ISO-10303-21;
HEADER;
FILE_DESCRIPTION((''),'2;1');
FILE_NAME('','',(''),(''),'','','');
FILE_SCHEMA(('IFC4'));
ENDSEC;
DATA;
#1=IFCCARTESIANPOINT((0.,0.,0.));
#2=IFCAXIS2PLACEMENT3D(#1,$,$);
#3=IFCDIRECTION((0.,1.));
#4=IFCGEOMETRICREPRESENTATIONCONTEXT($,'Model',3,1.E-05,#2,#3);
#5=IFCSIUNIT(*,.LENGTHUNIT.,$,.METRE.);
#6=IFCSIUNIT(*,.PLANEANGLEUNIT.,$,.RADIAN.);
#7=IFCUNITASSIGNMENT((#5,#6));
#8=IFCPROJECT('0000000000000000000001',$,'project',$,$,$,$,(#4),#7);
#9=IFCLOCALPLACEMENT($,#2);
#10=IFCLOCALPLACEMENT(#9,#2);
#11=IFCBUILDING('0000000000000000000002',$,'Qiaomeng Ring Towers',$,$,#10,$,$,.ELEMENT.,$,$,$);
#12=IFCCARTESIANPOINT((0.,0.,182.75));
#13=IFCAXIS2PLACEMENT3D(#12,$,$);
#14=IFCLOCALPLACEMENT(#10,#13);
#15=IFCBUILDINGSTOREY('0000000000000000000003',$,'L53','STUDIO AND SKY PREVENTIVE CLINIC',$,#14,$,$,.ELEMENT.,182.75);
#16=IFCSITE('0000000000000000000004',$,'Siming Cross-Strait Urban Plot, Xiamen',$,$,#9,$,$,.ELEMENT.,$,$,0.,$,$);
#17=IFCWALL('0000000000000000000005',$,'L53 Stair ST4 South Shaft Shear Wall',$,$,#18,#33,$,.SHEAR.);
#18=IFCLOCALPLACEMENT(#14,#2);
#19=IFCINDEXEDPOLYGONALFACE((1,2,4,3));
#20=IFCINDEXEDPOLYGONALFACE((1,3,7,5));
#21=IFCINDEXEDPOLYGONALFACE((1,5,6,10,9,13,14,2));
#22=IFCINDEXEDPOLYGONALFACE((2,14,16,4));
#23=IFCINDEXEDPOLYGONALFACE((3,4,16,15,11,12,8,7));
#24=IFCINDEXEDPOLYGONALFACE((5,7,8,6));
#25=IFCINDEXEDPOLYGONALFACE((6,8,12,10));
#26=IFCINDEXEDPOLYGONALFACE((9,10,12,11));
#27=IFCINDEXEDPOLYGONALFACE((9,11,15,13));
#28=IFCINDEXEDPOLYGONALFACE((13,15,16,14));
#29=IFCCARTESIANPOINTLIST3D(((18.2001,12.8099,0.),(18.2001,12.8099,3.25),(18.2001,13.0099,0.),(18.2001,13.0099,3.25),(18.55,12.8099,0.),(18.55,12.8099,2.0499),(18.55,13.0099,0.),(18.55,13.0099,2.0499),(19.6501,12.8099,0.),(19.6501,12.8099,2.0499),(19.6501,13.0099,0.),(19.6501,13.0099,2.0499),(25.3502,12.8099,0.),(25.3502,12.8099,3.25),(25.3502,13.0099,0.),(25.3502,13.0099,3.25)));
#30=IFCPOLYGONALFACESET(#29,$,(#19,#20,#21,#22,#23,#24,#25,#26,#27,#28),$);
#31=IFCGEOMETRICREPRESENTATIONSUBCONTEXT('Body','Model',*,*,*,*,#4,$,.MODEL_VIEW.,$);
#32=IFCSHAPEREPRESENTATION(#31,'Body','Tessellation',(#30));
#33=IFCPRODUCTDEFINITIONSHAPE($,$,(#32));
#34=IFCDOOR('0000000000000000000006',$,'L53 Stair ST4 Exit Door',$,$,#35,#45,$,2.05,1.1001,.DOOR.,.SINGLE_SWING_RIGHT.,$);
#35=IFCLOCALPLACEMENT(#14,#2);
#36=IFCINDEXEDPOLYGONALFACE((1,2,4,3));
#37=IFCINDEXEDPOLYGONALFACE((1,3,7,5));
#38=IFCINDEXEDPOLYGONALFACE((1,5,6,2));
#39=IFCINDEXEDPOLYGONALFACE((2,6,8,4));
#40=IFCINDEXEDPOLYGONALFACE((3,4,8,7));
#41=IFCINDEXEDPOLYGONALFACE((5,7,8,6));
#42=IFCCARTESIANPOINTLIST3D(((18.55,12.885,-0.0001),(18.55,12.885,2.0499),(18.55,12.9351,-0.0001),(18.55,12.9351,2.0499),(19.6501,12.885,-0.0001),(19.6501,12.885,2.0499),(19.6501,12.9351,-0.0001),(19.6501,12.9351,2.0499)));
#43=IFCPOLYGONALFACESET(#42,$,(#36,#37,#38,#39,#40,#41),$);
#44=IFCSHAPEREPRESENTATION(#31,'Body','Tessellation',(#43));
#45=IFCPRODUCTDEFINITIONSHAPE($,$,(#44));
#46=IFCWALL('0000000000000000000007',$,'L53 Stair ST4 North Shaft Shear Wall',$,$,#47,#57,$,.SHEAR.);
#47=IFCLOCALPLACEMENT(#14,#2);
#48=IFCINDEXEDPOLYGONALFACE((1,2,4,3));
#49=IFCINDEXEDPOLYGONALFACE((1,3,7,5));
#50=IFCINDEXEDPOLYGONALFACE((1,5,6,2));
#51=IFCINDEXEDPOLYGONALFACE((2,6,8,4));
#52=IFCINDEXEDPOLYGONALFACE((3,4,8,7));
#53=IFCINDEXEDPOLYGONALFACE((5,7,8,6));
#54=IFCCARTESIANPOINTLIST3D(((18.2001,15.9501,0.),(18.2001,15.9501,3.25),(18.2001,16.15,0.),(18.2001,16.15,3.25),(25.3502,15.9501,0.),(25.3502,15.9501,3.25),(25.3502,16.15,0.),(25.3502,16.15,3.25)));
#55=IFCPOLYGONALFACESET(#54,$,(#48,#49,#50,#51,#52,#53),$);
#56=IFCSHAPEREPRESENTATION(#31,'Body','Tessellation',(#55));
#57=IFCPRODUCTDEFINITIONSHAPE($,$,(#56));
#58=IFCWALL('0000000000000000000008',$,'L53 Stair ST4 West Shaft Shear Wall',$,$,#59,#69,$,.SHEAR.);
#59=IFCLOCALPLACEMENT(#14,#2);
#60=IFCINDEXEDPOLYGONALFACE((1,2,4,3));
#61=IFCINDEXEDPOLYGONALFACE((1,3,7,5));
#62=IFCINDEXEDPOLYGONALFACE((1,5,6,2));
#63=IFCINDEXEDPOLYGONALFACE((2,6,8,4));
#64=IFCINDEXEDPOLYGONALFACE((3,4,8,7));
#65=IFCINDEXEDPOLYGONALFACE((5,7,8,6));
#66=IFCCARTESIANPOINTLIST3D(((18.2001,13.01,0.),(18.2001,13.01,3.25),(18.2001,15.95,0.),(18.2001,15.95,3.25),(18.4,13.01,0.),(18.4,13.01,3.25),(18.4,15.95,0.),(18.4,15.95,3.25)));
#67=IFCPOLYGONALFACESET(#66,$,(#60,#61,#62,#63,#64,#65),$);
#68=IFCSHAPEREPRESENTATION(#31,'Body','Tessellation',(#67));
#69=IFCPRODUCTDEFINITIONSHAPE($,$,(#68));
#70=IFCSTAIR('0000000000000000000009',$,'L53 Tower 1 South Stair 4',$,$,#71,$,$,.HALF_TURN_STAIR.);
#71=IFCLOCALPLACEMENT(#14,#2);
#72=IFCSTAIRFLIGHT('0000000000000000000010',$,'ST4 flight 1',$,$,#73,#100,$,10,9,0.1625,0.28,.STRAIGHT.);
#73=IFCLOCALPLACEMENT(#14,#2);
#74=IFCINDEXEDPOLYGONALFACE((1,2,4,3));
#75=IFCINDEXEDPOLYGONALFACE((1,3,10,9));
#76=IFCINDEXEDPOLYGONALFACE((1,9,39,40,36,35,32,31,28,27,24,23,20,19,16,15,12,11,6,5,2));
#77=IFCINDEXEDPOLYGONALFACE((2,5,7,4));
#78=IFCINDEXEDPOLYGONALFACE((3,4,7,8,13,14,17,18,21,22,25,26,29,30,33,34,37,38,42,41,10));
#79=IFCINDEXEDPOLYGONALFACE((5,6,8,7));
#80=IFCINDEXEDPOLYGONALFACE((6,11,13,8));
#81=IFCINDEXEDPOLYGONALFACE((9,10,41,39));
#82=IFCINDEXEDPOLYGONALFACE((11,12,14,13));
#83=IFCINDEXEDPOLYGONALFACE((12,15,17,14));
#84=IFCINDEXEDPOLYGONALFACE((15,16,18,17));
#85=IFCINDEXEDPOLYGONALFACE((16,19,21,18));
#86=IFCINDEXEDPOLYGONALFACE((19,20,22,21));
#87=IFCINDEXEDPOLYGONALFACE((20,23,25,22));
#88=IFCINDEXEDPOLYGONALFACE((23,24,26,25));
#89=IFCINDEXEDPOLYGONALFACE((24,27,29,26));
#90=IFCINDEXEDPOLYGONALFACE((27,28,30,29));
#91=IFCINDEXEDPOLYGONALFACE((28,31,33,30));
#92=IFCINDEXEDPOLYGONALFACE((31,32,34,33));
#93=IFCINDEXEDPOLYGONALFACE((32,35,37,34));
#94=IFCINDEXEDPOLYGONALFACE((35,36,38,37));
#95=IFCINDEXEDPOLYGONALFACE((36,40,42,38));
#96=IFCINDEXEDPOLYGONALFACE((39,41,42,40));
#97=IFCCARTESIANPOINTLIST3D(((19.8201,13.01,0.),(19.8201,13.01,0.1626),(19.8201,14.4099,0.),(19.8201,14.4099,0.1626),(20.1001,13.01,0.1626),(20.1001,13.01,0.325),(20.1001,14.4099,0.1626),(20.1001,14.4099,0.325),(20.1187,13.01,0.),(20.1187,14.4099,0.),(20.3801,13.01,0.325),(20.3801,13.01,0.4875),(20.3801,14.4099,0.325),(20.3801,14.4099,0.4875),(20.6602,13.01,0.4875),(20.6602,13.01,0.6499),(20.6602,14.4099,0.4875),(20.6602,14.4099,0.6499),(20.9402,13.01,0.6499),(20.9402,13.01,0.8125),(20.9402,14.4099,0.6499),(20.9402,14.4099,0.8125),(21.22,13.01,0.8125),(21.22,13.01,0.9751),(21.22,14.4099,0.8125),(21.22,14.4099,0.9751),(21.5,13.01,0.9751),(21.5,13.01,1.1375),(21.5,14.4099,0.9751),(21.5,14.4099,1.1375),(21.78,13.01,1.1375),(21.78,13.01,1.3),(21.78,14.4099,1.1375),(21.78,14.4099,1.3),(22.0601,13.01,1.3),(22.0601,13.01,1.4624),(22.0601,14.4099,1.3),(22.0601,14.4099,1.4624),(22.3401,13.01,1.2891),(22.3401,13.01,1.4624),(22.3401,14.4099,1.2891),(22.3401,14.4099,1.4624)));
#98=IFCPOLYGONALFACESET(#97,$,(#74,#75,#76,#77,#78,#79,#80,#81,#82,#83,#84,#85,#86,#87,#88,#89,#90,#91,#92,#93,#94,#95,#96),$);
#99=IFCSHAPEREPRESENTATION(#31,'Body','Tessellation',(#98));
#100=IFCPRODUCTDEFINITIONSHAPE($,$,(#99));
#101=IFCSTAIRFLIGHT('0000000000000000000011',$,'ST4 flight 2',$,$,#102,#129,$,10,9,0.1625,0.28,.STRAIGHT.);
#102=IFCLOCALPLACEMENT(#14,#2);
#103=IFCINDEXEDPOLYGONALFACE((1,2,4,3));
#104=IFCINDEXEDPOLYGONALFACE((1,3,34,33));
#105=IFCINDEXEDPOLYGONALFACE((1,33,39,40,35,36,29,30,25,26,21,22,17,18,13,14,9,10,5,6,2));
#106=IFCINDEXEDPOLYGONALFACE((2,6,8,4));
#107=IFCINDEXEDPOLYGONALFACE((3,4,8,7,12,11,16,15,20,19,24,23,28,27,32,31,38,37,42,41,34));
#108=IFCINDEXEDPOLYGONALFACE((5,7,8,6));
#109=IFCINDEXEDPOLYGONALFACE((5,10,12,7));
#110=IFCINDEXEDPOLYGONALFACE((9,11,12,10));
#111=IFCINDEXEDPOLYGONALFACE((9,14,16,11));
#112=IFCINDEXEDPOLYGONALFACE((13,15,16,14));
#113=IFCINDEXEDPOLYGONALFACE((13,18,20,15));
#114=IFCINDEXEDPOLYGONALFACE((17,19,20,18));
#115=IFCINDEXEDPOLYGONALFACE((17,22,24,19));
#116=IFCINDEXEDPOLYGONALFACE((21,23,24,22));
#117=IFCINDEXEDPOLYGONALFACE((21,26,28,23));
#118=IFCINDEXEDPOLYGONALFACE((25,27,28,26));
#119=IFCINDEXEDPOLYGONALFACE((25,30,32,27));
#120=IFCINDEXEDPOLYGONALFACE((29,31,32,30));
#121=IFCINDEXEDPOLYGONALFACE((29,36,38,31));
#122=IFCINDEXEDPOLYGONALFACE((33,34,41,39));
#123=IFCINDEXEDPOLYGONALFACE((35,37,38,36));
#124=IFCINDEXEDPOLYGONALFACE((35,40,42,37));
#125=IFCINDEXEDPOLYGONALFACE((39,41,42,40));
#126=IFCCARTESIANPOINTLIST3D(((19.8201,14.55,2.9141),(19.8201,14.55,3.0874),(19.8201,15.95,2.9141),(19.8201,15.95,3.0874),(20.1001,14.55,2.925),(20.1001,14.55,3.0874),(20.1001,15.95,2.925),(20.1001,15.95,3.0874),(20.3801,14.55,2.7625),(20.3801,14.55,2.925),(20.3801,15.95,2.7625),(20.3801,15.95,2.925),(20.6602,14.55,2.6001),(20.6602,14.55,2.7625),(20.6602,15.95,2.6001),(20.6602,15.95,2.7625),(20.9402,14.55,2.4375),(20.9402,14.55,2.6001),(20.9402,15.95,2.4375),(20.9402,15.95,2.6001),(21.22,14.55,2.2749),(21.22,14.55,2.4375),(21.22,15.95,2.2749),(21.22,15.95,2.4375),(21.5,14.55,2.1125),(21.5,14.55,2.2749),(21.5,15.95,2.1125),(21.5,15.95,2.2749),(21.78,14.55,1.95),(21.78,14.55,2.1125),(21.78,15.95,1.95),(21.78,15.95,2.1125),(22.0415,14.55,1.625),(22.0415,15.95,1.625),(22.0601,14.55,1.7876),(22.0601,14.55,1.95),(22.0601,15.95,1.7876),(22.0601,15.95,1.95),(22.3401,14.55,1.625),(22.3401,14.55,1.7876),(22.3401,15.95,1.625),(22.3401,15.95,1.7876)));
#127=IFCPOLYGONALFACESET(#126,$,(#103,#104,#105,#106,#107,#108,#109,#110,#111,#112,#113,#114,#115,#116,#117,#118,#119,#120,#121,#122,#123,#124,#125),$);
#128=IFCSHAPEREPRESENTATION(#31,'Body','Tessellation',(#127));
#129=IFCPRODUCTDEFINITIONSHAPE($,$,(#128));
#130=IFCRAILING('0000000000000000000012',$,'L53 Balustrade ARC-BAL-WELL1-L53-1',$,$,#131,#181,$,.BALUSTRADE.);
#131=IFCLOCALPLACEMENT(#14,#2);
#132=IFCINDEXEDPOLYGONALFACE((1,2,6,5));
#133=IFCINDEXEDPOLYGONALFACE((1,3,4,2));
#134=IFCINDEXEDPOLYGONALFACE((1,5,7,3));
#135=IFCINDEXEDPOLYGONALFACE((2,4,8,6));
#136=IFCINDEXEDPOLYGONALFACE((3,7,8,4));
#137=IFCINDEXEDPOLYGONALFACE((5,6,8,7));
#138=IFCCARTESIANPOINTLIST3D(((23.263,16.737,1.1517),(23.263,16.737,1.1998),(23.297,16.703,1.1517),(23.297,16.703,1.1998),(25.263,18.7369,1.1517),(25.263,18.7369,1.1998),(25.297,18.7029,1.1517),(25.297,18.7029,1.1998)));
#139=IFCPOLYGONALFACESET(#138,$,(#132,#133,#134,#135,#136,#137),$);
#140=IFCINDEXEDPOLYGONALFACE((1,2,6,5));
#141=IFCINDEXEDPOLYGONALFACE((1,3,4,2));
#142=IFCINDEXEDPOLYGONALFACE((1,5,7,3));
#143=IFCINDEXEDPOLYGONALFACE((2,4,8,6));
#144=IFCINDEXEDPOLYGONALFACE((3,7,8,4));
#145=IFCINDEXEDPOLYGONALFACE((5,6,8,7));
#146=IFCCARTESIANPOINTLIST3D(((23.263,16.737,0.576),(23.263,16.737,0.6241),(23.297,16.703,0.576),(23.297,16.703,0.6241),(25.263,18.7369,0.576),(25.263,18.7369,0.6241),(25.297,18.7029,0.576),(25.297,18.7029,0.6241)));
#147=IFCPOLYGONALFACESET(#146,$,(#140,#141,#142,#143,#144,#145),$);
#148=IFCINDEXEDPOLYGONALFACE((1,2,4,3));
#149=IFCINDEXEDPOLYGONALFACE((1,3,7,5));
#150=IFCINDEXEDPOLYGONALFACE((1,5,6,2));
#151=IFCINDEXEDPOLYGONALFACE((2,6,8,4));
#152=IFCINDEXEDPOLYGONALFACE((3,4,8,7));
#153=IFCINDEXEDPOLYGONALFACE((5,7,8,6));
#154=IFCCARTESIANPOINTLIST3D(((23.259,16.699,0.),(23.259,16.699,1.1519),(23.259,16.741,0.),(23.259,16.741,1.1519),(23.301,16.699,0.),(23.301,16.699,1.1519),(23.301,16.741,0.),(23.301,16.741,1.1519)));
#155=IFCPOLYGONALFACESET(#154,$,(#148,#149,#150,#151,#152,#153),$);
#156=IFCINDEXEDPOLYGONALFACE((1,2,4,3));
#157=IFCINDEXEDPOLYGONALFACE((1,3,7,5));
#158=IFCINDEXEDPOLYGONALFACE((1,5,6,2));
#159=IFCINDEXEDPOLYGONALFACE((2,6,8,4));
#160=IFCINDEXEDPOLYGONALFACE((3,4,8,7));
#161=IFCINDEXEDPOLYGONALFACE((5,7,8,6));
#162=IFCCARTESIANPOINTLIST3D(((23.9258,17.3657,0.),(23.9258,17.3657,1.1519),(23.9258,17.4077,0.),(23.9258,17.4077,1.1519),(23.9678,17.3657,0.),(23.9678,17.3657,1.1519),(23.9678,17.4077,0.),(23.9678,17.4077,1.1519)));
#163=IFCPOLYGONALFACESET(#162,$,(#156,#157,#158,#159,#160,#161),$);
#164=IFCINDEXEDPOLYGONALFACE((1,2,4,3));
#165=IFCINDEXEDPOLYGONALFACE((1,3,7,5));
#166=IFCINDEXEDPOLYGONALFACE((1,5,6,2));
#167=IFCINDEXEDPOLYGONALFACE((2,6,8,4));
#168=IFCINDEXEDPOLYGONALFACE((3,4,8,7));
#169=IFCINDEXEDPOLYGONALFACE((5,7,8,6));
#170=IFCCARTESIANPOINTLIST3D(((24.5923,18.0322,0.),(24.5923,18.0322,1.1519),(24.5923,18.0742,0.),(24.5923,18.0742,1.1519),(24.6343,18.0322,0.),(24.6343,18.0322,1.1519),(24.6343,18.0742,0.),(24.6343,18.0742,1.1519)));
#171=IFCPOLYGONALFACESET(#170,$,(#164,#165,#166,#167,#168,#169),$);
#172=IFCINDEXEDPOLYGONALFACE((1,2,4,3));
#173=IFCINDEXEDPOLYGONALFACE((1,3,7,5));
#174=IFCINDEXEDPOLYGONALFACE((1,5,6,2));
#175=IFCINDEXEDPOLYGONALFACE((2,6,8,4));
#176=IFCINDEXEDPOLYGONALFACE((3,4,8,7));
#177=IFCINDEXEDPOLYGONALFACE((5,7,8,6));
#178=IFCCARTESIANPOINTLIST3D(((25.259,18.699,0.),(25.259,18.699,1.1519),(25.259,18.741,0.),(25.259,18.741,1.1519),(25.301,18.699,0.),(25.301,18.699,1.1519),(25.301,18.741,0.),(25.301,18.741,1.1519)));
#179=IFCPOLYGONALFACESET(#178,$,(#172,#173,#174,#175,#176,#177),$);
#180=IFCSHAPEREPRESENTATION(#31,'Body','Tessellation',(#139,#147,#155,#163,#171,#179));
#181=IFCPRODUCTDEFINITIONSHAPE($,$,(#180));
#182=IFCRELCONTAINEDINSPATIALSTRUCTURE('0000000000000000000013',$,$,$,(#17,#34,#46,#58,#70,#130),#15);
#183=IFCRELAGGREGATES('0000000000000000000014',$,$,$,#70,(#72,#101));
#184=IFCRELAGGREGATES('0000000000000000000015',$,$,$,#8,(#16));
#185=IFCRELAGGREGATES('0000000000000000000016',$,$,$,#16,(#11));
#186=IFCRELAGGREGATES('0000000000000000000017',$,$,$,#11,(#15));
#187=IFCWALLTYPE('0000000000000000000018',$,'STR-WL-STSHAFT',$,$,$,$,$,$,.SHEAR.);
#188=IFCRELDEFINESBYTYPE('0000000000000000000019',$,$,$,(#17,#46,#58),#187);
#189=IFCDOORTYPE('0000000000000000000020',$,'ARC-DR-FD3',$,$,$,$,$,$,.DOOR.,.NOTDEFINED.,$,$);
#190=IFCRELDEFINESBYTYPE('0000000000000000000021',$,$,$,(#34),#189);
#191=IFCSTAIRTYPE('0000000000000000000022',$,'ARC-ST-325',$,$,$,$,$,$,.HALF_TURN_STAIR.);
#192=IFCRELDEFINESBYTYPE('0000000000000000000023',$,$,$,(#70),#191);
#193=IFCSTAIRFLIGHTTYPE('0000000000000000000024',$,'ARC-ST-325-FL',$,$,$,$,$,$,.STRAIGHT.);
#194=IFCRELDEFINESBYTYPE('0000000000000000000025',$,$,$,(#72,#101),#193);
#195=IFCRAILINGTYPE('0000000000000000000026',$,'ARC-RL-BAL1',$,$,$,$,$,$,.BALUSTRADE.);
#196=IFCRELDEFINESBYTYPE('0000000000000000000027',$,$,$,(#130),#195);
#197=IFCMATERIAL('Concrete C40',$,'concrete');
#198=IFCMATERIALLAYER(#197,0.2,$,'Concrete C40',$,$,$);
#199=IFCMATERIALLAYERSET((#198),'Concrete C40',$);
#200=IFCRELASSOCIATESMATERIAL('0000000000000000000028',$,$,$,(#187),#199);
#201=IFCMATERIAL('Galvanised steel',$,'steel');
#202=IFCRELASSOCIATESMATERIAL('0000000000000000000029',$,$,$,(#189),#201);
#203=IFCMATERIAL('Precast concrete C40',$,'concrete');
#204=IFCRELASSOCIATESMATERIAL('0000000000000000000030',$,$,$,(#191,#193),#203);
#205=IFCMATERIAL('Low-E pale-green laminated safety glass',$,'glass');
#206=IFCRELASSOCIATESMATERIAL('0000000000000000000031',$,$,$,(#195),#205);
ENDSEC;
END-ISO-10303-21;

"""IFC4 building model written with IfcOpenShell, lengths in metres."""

from ifc_helpers import new_model, si_unit, direction, frame, frame_2d, origin, origin_2d, place, context, subcontext, project, spatial, polyline, rectangle, outline, extrude, source, transform, mapped, material, layer, layer_set, type_object, element, fill, aggregate, save


model = new_model("IFC4")

# Units and contexts
model_context = context("Model", 3, precision=1e-05, world=origin(), true_north=direction((0.0, 1.0)))
body_context = subcontext(model_context, "Body", "Model", "MODEL_VIEW")
ifc_project = project(units=[si_unit("LENGTHUNIT", "METRE"), si_unit("PLANEANGLEUNIT", "RADIAN")], contexts=[model_context])

# Site, building, storey
site_placement = place(None, origin())
site = spatial("IfcSite", under=ifc_project, at=site_placement, Name="Siming Cross-Strait Urban Plot, Xiamen", CompositionType="ELEMENT", RefElevation=0.0)
building_placement = place(site_placement, origin())
building = spatial("IfcBuilding", under=site, at=building_placement, Name="Qiaomeng Ring Towers", CompositionType="ELEMENT")
storey_placement = place(building_placement, frame((0.0, 0.0, 182.75)))
storey = spatial("IfcBuildingStorey", under=building, at=storey_placement, Name="L53", Description="STUDIO AND SKY PREVENTIVE CLINIC", CompositionType="ELEMENT", Elevation=182.75)

# Shared definitions
ifc_material_1 = material(Name="Concrete C40", Category="concrete")
ifc_layer_1 = layer(ifc_material_1, 0.2, Name="Concrete C40")
ifc_layer_set_1 = layer_set([ifc_layer_1], Name="Concrete C40")
wall_type_1 = type_object("IfcWallType", Name="STR-WL-STSHAFT", PredefinedType="SHEAR", material=ifc_layer_set_1)

# Wall, opening, door
wall_1_placement = place(storey_placement, frame((18.2, 12.9099, 0.0), z_axis=(0.0, 0.0, 1.0), x_axis=(1.0, 0.0, 0.0)))
wall_1 = element("IfcWall", 1, at=wall_1_placement, inside=storey, type_object=wall_type_1, Name="L53 Stair ST4 South Shaft Shear Wall", PredefinedType="SHEAR", context=body_context, shape_type="SweptSolid", body=[
    extrude(rectangle(XDim=7.1501, YDim=0.2, at=frame_2d((3.5752, 0.0))), origin(), (0.0, 0.0, 1.0), 3.25),
])
opening_placement = place(wall_1_placement, frame((0.3501, 0.0, 0.0)))
opening = element("IfcOpeningElement", 2, at=opening_placement, cuts=wall_1, PredefinedType="OPENING", context=body_context, shape_type="SweptSolid", body=[
    extrude(rectangle(XDim=1.1001, YDim=2.05, at=frame_2d((0.55, 1.0249))), frame((0.0, 0.1099, 0.0), z_axis=(0.0, -1.0, 0.0), x_axis=(1.0, 0.0, 0.0)), (0.0, 0.0, 1.0), 0.22),
])
ifc_material_2 = material(Name="Galvanised steel", Category="steel")
door_type = type_object("IfcDoorType", Name="ARC-DR-FD3", OperationType="NOTDEFINED", PredefinedType="DOOR", material=ifc_material_2)
shared_shape_1 = source(origin(), body_context, "Body", "SweptSolid", [
    extrude(rectangle(XDim=1.1001, YDim=2.05, at=frame_2d((0.55, 1.0249))), frame((0.0, 0.0249, 0.0), z_axis=(0.0, -1.0, 0.0), x_axis=(1.0, 0.0, 0.0)), (0.0, 0.0, 1.0), 0.05),
])
door_placement = place(opening_placement, frame((1.1001, 0.0, 0.0), z_axis=(0.0, 0.0, 1.0), x_axis=(-1.0, 0.0, 0.0)))
door = element("IfcDoor", 3, at=door_placement, inside=storey, type_object=door_type, Name="L53 Stair ST4 Exit Door", OperationType="SINGLE_SWING_RIGHT", OverallHeight=2.05, OverallWidth=1.1001, PredefinedType="DOOR", context=body_context, shape_type="MappedRepresentation", body=[
    mapped(shared_shape_1, transform((0.0, 0.0, 0.0), x_axis=(1.0, 0.0, 0.0), y_axis=(0.0, 1.0, 0.0), z_axis=(0.0, 0.0, 1.0), scale=1.0)),
])
fill(opening, door)

# Walls
wall_2_placement = place(storey_placement, frame((18.2, 16.05, 0.0), z_axis=(0.0, 0.0, 1.0), x_axis=(1.0, 0.0, 0.0)))
element("IfcWall", 4, at=wall_2_placement, inside=storey, type_object=wall_type_1, Name="L53 Stair ST4 North Shaft Shear Wall", PredefinedType="SHEAR", context=body_context, shape_type="SweptSolid", body=[
    extrude(rectangle(XDim=7.1501, YDim=0.2, at=frame_2d((3.5752, 0.0))), origin(), (0.0, 0.0, 1.0), 3.25),
])
wall_3_placement = place(storey_placement, frame((18.3, 13.01, 0.0), z_axis=(0.0, 0.0, 1.0), x_axis=(0.0, 1.0, 0.0)))
element("IfcWall", 5, at=wall_3_placement, inside=storey, type_object=wall_type_1, Name="L53 Stair ST4 West Shaft Shear Wall", PredefinedType="SHEAR", context=body_context, shape_type="SweptSolid", body=[
    extrude(rectangle(XDim=2.9399, YDim=0.2, at=frame_2d((1.47, 0.0))), origin(), (0.0, 0.0, 1.0), 3.25),
])

# Stair, stair flights
ifc_material_3 = material(Name="Precast concrete C40", Category="concrete")
stair_type = type_object("IfcStairType", Name="ARC-ST-325", PredefinedType="HALF_TURN_STAIR", material=ifc_material_3)
stair_placement = place(storey_placement, origin())
stair = element("IfcStair", 6, at=stair_placement, inside=storey, type_object=stair_type, Name="L53 Tower 1 South Stair 4", PredefinedType="HALF_TURN_STAIR")
stair_flight_type = type_object("IfcStairFlightType", Name="ARC-ST-325-FL", PredefinedType="STRAIGHT", material=ifc_material_3)
shared_shape_2 = source(origin(), body_context, "Body", "SweptSolid", [
    extrude(outline(polyline([(0.0, 0.0), (0.0, 0.1626), (0.28, 0.1626), (0.28, 0.325), (0.5601, 0.325), (0.5601, 0.4875), (0.8401, 0.4875), (0.8401, 0.6499), (1.1201, 0.6499), (1.1201, 0.8125), (1.3999, 0.8125), (1.3999, 0.9751), (1.6799, 0.9751), (1.6799, 1.1375), (1.96, 1.1375), (1.96, 1.3), (2.24, 1.3), (2.24, 1.4624), (2.52, 1.4624), (2.52, 1.625), (2.52, 1.2891), (0.2986, 0.0), (0.0, 0.0)])), frame((0.0, 0.7, 0.0), z_axis=(0.0, -1.0, 0.0), x_axis=(1.0, 0.0, 0.0)), (0.0, 0.0, 1.0), 1.3999),
])
stair_flight_1_placement = place(storey_placement, frame((19.8201, 13.71, 0.0), z_axis=(0.0, 0.0, 1.0), x_axis=(1.0, 0.0, 0.0)))
stair_flight_1 = element("IfcStairFlight", 7, at=stair_flight_1_placement, type_object=stair_flight_type, Name="ST4 flight 1", NumberOfRisers=10, NumberOfTreads=9, PredefinedType="STRAIGHT", RiserHeight=0.1625, TreadLength=0.28, context=body_context, shape_type="MappedRepresentation", body=[
    mapped(shared_shape_2, transform((0.0, 0.0, 0.0), x_axis=(1.0, 0.0, 0.0), y_axis=(0.0, 1.0, 0.0), z_axis=(0.0, 0.0, 1.0), scale=1.0)),
])
stair_flight_2_placement = place(storey_placement, frame((22.3401, 15.25, 1.625), z_axis=(0.0, 0.0, 1.0), x_axis=(-1.0, 0.0, 0.0)))
stair_flight_2 = element("IfcStairFlight", 8, at=stair_flight_2_placement, type_object=stair_flight_type, Name="ST4 flight 2", NumberOfRisers=10, NumberOfTreads=9, PredefinedType="STRAIGHT", RiserHeight=0.1625, TreadLength=0.28, context=body_context, shape_type="MappedRepresentation", body=[
    mapped(shared_shape_2, transform((0.0, 0.0, 0.0), x_axis=(1.0, 0.0, 0.0), y_axis=(0.0, 1.0, 0.0), z_axis=(0.0, 0.0, 1.0), scale=1.0)),
])
aggregate(stair, [stair_flight_1, stair_flight_2])

# Railing
ifc_material_4 = material(Name="Low-E pale-green laminated safety glass", Category="glass")
railing_type_1 = type_object("IfcRailingType", Name="ARC-RL-BAL1", PredefinedType="BALUSTRADE", material=ifc_material_4)
railing_1_placement = place(storey_placement, frame((23.28, 16.72, 0.0)))
element("IfcRailing", 9, at=railing_1_placement, inside=storey, type_object=railing_type_1, Name="L53 Balustrade ARC-BAL-WELL1-L53-1", PredefinedType="BALUSTRADE", context=body_context, shape_type="SweptSolid", body=[
    extrude(rectangle(XDim=0.0481, YDim=0.0481, at=origin_2d()), frame((0.0, 0.0, 1.1758), z_axis=(0.707107, 0.707107, 0.0), x_axis=(-0.707107, 0.707107, 0.0)), (0.0, 0.0, 1.0), 2.8284),
    extrude(rectangle(XDim=0.0481, YDim=0.0481, at=origin_2d()), frame((0.0, 0.0, 0.6001), z_axis=(0.707107, 0.707107, 0.0), x_axis=(-0.707107, 0.707107, 0.0)), (0.0, 0.0, 1.0), 2.8284),
    extrude(rectangle(XDim=0.042, YDim=0.042, at=origin_2d()), origin(), (0.0, 0.0, 1.0), 1.1519),
    extrude(rectangle(XDim=0.042, YDim=0.042, at=origin_2d()), frame((0.6667, 0.6667, 0.0)), (0.0, 0.0, 1.0), 1.1519),
    extrude(rectangle(XDim=0.042, YDim=0.042, at=origin_2d()), frame((1.3333, 1.3333, 0.0)), (0.0, 0.0, 1.0), 1.1519),
    extrude(rectangle(XDim=0.042, YDim=0.042, at=origin_2d()), frame((2.0, 2.0, 0.0)), (0.0, 0.0, 1.0), 1.1519),
])

save(model, "model.ifc")
